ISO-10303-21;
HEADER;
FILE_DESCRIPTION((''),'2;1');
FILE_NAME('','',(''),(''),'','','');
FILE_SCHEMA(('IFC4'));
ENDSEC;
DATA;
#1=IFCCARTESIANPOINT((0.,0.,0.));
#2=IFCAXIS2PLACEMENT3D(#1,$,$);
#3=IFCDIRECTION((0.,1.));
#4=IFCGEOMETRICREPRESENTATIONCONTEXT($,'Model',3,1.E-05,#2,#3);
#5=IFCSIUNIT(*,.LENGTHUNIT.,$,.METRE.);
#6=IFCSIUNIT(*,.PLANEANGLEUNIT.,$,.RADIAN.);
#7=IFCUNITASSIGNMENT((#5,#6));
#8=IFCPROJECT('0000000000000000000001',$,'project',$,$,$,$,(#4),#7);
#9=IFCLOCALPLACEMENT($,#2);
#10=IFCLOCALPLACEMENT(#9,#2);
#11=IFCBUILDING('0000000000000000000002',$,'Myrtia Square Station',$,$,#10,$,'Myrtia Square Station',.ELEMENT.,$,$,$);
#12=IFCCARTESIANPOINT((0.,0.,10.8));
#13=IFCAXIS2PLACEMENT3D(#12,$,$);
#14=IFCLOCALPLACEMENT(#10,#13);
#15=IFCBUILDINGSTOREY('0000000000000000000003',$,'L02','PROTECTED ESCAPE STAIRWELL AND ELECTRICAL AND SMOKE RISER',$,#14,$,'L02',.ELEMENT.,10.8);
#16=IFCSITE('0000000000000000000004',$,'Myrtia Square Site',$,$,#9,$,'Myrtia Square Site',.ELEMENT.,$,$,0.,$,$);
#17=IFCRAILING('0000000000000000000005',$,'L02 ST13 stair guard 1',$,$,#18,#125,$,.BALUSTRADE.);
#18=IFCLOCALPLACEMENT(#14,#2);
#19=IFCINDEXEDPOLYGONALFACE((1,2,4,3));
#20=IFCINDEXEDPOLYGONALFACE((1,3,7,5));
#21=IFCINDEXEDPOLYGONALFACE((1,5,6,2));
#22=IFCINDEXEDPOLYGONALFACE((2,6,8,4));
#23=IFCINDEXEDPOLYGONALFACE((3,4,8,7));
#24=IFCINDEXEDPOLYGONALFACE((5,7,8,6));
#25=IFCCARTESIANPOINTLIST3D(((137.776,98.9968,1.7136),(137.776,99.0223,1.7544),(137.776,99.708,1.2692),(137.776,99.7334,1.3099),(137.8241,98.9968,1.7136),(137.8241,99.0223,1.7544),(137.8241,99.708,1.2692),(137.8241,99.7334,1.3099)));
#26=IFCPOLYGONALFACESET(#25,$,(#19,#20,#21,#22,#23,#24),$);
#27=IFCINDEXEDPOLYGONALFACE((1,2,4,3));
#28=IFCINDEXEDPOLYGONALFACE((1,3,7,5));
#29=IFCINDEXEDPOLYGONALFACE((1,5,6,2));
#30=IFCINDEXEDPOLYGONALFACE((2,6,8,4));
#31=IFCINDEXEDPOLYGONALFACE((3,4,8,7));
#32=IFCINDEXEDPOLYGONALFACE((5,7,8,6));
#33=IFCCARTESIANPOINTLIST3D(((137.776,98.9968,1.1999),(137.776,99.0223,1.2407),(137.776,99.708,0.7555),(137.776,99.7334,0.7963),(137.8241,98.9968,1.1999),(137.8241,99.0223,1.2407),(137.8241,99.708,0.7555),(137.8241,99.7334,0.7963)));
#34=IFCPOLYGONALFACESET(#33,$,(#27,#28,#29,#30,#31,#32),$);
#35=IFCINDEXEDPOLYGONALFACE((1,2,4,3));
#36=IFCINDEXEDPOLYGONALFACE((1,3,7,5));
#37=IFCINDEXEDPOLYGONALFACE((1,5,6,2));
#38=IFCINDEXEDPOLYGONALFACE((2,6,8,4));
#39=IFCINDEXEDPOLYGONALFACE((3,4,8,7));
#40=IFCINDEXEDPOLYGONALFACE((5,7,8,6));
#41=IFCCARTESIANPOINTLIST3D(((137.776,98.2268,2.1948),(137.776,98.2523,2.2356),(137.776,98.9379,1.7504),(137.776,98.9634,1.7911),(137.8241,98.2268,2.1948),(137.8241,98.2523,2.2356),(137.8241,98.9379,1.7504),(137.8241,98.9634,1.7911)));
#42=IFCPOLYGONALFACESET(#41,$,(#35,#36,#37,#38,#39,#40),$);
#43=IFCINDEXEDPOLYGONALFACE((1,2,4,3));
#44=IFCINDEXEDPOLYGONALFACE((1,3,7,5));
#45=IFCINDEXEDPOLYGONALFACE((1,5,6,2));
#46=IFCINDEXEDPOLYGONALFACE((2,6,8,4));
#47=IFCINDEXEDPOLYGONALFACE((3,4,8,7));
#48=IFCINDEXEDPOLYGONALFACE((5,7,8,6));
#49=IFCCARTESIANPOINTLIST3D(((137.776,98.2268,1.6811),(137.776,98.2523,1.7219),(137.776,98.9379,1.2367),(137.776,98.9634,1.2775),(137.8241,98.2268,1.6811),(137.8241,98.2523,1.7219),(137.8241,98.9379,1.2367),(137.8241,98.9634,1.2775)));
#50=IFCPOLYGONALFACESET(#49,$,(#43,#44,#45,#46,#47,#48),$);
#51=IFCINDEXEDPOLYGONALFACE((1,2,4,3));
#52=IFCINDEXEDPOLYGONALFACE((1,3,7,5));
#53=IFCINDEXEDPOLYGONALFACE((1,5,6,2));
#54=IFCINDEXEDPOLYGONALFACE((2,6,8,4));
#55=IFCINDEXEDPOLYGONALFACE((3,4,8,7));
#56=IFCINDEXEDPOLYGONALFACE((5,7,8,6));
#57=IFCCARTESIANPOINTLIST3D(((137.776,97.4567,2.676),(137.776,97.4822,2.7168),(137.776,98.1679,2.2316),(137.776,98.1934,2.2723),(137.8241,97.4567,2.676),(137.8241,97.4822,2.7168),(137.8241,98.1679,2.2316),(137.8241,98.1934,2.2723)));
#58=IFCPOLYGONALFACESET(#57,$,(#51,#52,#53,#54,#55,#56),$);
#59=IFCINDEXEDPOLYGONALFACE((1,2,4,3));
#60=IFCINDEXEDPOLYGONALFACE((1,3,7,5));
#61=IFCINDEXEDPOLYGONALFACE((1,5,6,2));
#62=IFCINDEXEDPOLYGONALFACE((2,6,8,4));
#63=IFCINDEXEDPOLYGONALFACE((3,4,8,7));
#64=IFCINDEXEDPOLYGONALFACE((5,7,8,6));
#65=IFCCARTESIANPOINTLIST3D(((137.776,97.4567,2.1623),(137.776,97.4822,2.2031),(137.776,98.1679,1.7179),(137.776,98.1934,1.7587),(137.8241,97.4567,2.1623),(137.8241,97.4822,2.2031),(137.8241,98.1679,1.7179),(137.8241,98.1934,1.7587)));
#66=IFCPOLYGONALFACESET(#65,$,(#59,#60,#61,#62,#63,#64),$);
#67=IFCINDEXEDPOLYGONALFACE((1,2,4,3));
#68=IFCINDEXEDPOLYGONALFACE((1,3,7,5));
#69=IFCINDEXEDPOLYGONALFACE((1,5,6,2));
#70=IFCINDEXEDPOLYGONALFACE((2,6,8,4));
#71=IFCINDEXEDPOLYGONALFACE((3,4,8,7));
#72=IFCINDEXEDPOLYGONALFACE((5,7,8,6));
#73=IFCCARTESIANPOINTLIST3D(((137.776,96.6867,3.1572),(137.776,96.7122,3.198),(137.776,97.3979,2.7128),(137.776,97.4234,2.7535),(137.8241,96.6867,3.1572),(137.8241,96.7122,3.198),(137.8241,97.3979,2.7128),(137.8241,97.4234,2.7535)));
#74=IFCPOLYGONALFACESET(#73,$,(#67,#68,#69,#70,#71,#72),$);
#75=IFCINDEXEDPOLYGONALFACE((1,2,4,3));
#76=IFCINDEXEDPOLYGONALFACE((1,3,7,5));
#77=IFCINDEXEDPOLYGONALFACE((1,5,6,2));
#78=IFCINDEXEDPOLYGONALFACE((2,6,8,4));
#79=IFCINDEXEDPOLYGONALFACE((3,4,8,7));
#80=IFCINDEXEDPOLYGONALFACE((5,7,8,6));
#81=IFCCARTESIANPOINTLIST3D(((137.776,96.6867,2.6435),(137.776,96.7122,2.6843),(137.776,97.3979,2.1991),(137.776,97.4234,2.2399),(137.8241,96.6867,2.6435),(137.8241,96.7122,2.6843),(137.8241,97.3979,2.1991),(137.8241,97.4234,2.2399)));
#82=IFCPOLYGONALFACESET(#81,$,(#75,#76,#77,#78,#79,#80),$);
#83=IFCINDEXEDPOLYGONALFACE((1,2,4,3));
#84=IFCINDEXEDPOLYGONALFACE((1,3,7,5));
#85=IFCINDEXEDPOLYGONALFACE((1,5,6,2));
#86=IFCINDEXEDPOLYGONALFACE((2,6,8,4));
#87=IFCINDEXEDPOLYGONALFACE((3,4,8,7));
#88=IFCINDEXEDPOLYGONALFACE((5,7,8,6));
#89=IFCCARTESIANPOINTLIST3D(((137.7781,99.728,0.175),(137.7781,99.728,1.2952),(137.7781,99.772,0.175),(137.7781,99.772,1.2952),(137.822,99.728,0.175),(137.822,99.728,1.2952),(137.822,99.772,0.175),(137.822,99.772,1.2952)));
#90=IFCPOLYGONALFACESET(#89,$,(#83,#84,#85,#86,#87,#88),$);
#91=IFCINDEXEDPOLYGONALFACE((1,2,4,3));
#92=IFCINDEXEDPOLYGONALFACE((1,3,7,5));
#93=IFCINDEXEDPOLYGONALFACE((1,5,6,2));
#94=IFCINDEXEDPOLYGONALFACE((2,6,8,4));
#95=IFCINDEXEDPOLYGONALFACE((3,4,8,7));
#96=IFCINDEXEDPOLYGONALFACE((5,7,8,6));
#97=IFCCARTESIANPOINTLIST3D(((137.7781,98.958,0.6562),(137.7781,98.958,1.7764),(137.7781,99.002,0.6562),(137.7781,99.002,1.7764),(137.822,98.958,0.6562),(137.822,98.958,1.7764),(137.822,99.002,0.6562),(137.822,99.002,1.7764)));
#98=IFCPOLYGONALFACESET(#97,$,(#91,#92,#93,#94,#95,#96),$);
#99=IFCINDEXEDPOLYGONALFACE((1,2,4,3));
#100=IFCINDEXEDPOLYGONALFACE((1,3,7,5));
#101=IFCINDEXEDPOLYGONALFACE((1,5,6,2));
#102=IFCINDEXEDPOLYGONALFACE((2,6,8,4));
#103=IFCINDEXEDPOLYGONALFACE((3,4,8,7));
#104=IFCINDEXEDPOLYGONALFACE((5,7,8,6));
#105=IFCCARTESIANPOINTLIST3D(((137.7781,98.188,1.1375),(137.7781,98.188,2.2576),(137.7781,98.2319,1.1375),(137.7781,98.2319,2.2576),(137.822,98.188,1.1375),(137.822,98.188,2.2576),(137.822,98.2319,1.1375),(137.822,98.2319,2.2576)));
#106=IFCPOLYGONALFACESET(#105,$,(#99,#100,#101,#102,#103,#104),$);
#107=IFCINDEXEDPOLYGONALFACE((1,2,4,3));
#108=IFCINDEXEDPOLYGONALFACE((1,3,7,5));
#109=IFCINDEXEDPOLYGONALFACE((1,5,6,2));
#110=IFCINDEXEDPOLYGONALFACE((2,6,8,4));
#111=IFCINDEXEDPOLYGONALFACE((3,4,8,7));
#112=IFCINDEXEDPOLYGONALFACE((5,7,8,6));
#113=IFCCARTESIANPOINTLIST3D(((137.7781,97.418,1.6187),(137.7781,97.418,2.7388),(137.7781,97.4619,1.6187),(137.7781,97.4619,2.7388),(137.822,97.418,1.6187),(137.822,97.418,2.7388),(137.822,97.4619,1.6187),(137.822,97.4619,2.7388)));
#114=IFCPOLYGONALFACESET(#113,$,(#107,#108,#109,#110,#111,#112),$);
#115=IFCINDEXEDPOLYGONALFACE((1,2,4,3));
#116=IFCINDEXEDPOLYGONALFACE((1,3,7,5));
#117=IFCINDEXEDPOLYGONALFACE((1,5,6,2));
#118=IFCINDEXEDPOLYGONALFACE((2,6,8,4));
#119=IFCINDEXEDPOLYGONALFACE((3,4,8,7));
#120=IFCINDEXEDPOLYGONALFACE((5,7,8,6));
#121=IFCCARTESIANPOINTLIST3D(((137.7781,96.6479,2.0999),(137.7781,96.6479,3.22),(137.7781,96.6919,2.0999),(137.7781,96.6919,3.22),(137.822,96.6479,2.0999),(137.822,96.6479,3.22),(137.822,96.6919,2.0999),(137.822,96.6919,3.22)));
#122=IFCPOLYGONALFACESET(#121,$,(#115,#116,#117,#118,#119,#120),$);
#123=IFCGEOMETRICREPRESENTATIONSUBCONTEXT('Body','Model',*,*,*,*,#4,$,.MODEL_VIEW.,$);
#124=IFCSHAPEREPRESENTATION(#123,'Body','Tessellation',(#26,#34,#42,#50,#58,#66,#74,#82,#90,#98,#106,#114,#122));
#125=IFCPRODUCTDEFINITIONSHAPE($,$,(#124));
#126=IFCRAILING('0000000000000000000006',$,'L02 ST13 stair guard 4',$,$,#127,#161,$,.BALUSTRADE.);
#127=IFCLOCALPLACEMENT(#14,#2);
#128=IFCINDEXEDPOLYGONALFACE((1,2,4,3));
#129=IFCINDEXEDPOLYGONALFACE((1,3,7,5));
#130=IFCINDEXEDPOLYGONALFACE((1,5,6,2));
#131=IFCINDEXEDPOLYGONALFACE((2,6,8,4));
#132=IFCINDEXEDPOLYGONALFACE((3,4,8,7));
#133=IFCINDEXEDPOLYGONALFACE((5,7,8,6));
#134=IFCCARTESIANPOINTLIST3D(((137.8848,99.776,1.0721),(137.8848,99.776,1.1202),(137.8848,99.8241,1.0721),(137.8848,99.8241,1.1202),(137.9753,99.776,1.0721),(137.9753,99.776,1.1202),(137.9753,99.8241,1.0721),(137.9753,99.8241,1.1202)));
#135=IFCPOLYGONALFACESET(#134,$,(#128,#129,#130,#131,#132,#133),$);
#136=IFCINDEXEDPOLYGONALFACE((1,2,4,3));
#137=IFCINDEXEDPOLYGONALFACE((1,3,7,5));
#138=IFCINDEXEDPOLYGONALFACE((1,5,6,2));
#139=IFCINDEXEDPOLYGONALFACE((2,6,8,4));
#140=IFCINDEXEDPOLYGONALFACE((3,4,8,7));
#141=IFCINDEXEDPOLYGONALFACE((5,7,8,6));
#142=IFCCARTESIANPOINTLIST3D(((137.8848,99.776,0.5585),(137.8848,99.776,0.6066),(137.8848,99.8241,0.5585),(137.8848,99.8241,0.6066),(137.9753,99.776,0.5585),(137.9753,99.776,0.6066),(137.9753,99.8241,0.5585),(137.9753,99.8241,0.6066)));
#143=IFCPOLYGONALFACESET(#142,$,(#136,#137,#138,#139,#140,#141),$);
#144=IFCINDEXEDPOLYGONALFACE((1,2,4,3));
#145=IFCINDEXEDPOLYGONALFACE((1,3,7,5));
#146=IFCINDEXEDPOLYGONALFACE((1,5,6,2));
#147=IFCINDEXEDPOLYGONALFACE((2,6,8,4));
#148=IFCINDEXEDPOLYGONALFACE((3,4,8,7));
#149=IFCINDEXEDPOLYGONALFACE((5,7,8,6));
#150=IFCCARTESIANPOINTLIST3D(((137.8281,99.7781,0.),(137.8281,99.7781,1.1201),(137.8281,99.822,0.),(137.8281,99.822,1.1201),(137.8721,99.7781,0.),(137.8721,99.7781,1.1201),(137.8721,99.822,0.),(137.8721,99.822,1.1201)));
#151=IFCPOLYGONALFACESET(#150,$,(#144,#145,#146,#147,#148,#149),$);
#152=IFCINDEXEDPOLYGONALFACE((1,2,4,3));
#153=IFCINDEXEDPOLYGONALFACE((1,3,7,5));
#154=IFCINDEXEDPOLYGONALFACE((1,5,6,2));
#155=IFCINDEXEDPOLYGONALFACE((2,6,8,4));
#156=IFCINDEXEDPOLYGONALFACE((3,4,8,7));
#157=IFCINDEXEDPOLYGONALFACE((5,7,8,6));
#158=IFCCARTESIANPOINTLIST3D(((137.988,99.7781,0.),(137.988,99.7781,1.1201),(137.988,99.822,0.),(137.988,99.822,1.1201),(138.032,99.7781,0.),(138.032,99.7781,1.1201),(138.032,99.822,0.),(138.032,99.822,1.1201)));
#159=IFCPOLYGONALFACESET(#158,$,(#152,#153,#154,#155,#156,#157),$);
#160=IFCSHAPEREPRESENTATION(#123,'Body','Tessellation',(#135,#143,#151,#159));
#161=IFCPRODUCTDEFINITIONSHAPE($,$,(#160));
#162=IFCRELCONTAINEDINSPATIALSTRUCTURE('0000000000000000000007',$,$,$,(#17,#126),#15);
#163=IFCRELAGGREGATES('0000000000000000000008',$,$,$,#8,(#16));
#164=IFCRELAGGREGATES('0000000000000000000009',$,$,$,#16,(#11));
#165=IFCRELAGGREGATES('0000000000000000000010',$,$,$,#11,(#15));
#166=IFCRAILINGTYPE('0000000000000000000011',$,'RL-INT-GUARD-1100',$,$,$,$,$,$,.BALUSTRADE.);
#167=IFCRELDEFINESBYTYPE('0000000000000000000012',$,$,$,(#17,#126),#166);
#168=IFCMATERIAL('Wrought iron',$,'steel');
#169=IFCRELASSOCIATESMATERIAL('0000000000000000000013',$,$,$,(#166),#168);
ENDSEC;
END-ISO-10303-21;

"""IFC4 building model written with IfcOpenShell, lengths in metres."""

from ifc_helpers import new_model, si_unit, direction, frame, origin, origin_2d, place, context, subcontext, project, spatial, rectangle, extrude, material, type_object, element, save


model = new_model("IFC4")

# Units and contexts
model_context = context("Model", 3, precision=1e-05, world=origin(), true_north=direction((0.0, 1.0)))
body_context = subcontext(model_context, "Body", "Model", "MODEL_VIEW")
ifc_project = project(units=[si_unit("LENGTHUNIT", "METRE"), si_unit("PLANEANGLEUNIT", "RADIAN")], contexts=[model_context])

# Site, building, storey
site_placement = place(None, origin())
site = spatial("IfcSite", under=ifc_project, at=site_placement, Name="Myrtia Square Site", LongName="Myrtia Square Site", CompositionType="ELEMENT", RefElevation=0.0)
building_placement = place(site_placement, origin())
building = spatial("IfcBuilding", under=site, at=building_placement, Name="Myrtia Square Station", LongName="Myrtia Square Station", CompositionType="ELEMENT")
storey_placement = place(building_placement, frame((0.0, 0.0, 10.8)))
storey = spatial("IfcBuildingStorey", under=building, at=storey_placement, Name="L02", Description="PROTECTED ESCAPE STAIRWELL AND ELECTRICAL AND SMOKE RISER", LongName="L02", CompositionType="ELEMENT", Elevation=10.8)

# Railings
ifc_material_1 = material(Name="Wrought iron", Category="steel")
railing_type_1 = type_object("IfcRailingType", Name="RL-INT-GUARD-1100", PredefinedType="BALUSTRADE", material=ifc_material_1)
railing_1_placement = place(storey_placement, frame((137.8, 99.75, 0.175)))
element("IfcRailing", 1, at=railing_1_placement, inside=storey, type_object=railing_type_1, Name="L02 ST13 stair guard 1", PredefinedType="BALUSTRADE", context=body_context, shape_type="SweptSolid", body=[
    extrude(rectangle(XDim=0.0481, YDim=0.0481, at=origin_2d()), frame((0.0, -0.0293, 1.1145), z_axis=(0.0, -0.848029, 0.529951), x_axis=(1.0, 0.0, 0.0)), (0.0, 0.0, 1.0), 0.8386),
    extrude(rectangle(XDim=0.0481, YDim=0.0481, at=origin_2d()), frame((0.0, -0.0293, 0.6008), z_axis=(0.0, -0.848029, 0.529951), x_axis=(1.0, 0.0, 0.0)), (0.0, 0.0, 1.0), 0.8386),
    extrude(rectangle(XDim=0.0481, YDim=0.0481, at=origin_2d()), frame((0.0, -0.7993, 1.5957), z_axis=(0.0, -0.848029, 0.529951), x_axis=(1.0, 0.0, 0.0)), (0.0, 0.0, 1.0), 0.8386),
    extrude(rectangle(XDim=0.0481, YDim=0.0481, at=origin_2d()), frame((0.0, -0.7993, 1.082), z_axis=(0.0, -0.848029, 0.529951), x_axis=(1.0, 0.0, 0.0)), (0.0, 0.0, 1.0), 0.8386),
    extrude(rectangle(XDim=0.0481, YDim=0.0481, at=origin_2d()), frame((0.0, -1.5693, 2.0769), z_axis=(0.0, -0.848029, 0.529951), x_axis=(1.0, 0.0, 0.0)), (0.0, 0.0, 1.0), 0.8386),
    extrude(rectangle(XDim=0.0481, YDim=0.0481, at=origin_2d()), frame((0.0, -1.5693, 1.5632), z_axis=(0.0, -0.848029, 0.529951), x_axis=(1.0, 0.0, 0.0)), (0.0, 0.0, 1.0), 0.8386),
    extrude(rectangle(XDim=0.0481, YDim=0.0481, at=origin_2d()), frame((0.0, -2.3394, 2.5581), z_axis=(0.0, -0.848029, 0.529951), x_axis=(1.0, 0.0, 0.0)), (0.0, 0.0, 1.0), 0.8386),
    extrude(rectangle(XDim=0.0481, YDim=0.0481, at=origin_2d()), frame((0.0, -2.3394, 2.0444), z_axis=(0.0, -0.848029, 0.529951), x_axis=(1.0, 0.0, 0.0)), (0.0, 0.0, 1.0), 0.8386),
    extrude(rectangle(XDim=0.0439, YDim=0.0439, at=origin_2d()), origin(), (0.0, 0.0, 1.0), 1.1201),
    extrude(rectangle(XDim=0.0439, YDim=0.0439, at=origin_2d()), frame((0.0, -0.77, 0.4812)), (0.0, 0.0, 1.0), 1.1201),
    extrude(rectangle(XDim=0.0439, YDim=0.0439, at=origin_2d()), frame((0.0, -1.54, 0.9624)), (0.0, 0.0, 1.0), 1.1201),
    extrude(rectangle(XDim=0.0439, YDim=0.0439, at=origin_2d()), frame((0.0, -2.3101, 1.4436)), (0.0, 0.0, 1.0), 1.1201),
    extrude(rectangle(XDim=0.0439, YDim=0.0439, at=origin_2d()), frame((0.0, -3.0801, 1.9248)), (0.0, 0.0, 1.0), 1.1201),
])
railing_2_placement = place(storey_placement, frame((137.8501, 99.8, 0.0)))
element("IfcRailing", 2, at=railing_2_placement, inside=storey, type_object=railing_type_1, Name="L02 ST13 stair guard 4", PredefinedType="BALUSTRADE", context=body_context, shape_type="SweptSolid", body=[
    extrude(rectangle(XDim=0.0481, YDim=0.0481, at=origin_2d()), frame((0.0347, 0.0, 1.0962), z_axis=(1.0, 0.0, 0.0), x_axis=(0.0, 1.0, 0.0)), (0.0, 0.0, 1.0), 0.0906),
    extrude(rectangle(XDim=0.0481, YDim=0.0481, at=origin_2d()), frame((0.0347, 0.0, 0.5825), z_axis=(1.0, 0.0, 0.0), x_axis=(0.0, 1.0, 0.0)), (0.0, 0.0, 1.0), 0.0906),
    extrude(rectangle(XDim=0.0439, YDim=0.0439, at=origin_2d()), origin(), (0.0, 0.0, 1.0), 1.1201),
    extrude(rectangle(XDim=0.0439, YDim=0.0439, at=origin_2d()), frame((0.1599, 0.0, 0.0)), (0.0, 0.0, 1.0), 1.1201),
])

save(model, "model.ifc")
